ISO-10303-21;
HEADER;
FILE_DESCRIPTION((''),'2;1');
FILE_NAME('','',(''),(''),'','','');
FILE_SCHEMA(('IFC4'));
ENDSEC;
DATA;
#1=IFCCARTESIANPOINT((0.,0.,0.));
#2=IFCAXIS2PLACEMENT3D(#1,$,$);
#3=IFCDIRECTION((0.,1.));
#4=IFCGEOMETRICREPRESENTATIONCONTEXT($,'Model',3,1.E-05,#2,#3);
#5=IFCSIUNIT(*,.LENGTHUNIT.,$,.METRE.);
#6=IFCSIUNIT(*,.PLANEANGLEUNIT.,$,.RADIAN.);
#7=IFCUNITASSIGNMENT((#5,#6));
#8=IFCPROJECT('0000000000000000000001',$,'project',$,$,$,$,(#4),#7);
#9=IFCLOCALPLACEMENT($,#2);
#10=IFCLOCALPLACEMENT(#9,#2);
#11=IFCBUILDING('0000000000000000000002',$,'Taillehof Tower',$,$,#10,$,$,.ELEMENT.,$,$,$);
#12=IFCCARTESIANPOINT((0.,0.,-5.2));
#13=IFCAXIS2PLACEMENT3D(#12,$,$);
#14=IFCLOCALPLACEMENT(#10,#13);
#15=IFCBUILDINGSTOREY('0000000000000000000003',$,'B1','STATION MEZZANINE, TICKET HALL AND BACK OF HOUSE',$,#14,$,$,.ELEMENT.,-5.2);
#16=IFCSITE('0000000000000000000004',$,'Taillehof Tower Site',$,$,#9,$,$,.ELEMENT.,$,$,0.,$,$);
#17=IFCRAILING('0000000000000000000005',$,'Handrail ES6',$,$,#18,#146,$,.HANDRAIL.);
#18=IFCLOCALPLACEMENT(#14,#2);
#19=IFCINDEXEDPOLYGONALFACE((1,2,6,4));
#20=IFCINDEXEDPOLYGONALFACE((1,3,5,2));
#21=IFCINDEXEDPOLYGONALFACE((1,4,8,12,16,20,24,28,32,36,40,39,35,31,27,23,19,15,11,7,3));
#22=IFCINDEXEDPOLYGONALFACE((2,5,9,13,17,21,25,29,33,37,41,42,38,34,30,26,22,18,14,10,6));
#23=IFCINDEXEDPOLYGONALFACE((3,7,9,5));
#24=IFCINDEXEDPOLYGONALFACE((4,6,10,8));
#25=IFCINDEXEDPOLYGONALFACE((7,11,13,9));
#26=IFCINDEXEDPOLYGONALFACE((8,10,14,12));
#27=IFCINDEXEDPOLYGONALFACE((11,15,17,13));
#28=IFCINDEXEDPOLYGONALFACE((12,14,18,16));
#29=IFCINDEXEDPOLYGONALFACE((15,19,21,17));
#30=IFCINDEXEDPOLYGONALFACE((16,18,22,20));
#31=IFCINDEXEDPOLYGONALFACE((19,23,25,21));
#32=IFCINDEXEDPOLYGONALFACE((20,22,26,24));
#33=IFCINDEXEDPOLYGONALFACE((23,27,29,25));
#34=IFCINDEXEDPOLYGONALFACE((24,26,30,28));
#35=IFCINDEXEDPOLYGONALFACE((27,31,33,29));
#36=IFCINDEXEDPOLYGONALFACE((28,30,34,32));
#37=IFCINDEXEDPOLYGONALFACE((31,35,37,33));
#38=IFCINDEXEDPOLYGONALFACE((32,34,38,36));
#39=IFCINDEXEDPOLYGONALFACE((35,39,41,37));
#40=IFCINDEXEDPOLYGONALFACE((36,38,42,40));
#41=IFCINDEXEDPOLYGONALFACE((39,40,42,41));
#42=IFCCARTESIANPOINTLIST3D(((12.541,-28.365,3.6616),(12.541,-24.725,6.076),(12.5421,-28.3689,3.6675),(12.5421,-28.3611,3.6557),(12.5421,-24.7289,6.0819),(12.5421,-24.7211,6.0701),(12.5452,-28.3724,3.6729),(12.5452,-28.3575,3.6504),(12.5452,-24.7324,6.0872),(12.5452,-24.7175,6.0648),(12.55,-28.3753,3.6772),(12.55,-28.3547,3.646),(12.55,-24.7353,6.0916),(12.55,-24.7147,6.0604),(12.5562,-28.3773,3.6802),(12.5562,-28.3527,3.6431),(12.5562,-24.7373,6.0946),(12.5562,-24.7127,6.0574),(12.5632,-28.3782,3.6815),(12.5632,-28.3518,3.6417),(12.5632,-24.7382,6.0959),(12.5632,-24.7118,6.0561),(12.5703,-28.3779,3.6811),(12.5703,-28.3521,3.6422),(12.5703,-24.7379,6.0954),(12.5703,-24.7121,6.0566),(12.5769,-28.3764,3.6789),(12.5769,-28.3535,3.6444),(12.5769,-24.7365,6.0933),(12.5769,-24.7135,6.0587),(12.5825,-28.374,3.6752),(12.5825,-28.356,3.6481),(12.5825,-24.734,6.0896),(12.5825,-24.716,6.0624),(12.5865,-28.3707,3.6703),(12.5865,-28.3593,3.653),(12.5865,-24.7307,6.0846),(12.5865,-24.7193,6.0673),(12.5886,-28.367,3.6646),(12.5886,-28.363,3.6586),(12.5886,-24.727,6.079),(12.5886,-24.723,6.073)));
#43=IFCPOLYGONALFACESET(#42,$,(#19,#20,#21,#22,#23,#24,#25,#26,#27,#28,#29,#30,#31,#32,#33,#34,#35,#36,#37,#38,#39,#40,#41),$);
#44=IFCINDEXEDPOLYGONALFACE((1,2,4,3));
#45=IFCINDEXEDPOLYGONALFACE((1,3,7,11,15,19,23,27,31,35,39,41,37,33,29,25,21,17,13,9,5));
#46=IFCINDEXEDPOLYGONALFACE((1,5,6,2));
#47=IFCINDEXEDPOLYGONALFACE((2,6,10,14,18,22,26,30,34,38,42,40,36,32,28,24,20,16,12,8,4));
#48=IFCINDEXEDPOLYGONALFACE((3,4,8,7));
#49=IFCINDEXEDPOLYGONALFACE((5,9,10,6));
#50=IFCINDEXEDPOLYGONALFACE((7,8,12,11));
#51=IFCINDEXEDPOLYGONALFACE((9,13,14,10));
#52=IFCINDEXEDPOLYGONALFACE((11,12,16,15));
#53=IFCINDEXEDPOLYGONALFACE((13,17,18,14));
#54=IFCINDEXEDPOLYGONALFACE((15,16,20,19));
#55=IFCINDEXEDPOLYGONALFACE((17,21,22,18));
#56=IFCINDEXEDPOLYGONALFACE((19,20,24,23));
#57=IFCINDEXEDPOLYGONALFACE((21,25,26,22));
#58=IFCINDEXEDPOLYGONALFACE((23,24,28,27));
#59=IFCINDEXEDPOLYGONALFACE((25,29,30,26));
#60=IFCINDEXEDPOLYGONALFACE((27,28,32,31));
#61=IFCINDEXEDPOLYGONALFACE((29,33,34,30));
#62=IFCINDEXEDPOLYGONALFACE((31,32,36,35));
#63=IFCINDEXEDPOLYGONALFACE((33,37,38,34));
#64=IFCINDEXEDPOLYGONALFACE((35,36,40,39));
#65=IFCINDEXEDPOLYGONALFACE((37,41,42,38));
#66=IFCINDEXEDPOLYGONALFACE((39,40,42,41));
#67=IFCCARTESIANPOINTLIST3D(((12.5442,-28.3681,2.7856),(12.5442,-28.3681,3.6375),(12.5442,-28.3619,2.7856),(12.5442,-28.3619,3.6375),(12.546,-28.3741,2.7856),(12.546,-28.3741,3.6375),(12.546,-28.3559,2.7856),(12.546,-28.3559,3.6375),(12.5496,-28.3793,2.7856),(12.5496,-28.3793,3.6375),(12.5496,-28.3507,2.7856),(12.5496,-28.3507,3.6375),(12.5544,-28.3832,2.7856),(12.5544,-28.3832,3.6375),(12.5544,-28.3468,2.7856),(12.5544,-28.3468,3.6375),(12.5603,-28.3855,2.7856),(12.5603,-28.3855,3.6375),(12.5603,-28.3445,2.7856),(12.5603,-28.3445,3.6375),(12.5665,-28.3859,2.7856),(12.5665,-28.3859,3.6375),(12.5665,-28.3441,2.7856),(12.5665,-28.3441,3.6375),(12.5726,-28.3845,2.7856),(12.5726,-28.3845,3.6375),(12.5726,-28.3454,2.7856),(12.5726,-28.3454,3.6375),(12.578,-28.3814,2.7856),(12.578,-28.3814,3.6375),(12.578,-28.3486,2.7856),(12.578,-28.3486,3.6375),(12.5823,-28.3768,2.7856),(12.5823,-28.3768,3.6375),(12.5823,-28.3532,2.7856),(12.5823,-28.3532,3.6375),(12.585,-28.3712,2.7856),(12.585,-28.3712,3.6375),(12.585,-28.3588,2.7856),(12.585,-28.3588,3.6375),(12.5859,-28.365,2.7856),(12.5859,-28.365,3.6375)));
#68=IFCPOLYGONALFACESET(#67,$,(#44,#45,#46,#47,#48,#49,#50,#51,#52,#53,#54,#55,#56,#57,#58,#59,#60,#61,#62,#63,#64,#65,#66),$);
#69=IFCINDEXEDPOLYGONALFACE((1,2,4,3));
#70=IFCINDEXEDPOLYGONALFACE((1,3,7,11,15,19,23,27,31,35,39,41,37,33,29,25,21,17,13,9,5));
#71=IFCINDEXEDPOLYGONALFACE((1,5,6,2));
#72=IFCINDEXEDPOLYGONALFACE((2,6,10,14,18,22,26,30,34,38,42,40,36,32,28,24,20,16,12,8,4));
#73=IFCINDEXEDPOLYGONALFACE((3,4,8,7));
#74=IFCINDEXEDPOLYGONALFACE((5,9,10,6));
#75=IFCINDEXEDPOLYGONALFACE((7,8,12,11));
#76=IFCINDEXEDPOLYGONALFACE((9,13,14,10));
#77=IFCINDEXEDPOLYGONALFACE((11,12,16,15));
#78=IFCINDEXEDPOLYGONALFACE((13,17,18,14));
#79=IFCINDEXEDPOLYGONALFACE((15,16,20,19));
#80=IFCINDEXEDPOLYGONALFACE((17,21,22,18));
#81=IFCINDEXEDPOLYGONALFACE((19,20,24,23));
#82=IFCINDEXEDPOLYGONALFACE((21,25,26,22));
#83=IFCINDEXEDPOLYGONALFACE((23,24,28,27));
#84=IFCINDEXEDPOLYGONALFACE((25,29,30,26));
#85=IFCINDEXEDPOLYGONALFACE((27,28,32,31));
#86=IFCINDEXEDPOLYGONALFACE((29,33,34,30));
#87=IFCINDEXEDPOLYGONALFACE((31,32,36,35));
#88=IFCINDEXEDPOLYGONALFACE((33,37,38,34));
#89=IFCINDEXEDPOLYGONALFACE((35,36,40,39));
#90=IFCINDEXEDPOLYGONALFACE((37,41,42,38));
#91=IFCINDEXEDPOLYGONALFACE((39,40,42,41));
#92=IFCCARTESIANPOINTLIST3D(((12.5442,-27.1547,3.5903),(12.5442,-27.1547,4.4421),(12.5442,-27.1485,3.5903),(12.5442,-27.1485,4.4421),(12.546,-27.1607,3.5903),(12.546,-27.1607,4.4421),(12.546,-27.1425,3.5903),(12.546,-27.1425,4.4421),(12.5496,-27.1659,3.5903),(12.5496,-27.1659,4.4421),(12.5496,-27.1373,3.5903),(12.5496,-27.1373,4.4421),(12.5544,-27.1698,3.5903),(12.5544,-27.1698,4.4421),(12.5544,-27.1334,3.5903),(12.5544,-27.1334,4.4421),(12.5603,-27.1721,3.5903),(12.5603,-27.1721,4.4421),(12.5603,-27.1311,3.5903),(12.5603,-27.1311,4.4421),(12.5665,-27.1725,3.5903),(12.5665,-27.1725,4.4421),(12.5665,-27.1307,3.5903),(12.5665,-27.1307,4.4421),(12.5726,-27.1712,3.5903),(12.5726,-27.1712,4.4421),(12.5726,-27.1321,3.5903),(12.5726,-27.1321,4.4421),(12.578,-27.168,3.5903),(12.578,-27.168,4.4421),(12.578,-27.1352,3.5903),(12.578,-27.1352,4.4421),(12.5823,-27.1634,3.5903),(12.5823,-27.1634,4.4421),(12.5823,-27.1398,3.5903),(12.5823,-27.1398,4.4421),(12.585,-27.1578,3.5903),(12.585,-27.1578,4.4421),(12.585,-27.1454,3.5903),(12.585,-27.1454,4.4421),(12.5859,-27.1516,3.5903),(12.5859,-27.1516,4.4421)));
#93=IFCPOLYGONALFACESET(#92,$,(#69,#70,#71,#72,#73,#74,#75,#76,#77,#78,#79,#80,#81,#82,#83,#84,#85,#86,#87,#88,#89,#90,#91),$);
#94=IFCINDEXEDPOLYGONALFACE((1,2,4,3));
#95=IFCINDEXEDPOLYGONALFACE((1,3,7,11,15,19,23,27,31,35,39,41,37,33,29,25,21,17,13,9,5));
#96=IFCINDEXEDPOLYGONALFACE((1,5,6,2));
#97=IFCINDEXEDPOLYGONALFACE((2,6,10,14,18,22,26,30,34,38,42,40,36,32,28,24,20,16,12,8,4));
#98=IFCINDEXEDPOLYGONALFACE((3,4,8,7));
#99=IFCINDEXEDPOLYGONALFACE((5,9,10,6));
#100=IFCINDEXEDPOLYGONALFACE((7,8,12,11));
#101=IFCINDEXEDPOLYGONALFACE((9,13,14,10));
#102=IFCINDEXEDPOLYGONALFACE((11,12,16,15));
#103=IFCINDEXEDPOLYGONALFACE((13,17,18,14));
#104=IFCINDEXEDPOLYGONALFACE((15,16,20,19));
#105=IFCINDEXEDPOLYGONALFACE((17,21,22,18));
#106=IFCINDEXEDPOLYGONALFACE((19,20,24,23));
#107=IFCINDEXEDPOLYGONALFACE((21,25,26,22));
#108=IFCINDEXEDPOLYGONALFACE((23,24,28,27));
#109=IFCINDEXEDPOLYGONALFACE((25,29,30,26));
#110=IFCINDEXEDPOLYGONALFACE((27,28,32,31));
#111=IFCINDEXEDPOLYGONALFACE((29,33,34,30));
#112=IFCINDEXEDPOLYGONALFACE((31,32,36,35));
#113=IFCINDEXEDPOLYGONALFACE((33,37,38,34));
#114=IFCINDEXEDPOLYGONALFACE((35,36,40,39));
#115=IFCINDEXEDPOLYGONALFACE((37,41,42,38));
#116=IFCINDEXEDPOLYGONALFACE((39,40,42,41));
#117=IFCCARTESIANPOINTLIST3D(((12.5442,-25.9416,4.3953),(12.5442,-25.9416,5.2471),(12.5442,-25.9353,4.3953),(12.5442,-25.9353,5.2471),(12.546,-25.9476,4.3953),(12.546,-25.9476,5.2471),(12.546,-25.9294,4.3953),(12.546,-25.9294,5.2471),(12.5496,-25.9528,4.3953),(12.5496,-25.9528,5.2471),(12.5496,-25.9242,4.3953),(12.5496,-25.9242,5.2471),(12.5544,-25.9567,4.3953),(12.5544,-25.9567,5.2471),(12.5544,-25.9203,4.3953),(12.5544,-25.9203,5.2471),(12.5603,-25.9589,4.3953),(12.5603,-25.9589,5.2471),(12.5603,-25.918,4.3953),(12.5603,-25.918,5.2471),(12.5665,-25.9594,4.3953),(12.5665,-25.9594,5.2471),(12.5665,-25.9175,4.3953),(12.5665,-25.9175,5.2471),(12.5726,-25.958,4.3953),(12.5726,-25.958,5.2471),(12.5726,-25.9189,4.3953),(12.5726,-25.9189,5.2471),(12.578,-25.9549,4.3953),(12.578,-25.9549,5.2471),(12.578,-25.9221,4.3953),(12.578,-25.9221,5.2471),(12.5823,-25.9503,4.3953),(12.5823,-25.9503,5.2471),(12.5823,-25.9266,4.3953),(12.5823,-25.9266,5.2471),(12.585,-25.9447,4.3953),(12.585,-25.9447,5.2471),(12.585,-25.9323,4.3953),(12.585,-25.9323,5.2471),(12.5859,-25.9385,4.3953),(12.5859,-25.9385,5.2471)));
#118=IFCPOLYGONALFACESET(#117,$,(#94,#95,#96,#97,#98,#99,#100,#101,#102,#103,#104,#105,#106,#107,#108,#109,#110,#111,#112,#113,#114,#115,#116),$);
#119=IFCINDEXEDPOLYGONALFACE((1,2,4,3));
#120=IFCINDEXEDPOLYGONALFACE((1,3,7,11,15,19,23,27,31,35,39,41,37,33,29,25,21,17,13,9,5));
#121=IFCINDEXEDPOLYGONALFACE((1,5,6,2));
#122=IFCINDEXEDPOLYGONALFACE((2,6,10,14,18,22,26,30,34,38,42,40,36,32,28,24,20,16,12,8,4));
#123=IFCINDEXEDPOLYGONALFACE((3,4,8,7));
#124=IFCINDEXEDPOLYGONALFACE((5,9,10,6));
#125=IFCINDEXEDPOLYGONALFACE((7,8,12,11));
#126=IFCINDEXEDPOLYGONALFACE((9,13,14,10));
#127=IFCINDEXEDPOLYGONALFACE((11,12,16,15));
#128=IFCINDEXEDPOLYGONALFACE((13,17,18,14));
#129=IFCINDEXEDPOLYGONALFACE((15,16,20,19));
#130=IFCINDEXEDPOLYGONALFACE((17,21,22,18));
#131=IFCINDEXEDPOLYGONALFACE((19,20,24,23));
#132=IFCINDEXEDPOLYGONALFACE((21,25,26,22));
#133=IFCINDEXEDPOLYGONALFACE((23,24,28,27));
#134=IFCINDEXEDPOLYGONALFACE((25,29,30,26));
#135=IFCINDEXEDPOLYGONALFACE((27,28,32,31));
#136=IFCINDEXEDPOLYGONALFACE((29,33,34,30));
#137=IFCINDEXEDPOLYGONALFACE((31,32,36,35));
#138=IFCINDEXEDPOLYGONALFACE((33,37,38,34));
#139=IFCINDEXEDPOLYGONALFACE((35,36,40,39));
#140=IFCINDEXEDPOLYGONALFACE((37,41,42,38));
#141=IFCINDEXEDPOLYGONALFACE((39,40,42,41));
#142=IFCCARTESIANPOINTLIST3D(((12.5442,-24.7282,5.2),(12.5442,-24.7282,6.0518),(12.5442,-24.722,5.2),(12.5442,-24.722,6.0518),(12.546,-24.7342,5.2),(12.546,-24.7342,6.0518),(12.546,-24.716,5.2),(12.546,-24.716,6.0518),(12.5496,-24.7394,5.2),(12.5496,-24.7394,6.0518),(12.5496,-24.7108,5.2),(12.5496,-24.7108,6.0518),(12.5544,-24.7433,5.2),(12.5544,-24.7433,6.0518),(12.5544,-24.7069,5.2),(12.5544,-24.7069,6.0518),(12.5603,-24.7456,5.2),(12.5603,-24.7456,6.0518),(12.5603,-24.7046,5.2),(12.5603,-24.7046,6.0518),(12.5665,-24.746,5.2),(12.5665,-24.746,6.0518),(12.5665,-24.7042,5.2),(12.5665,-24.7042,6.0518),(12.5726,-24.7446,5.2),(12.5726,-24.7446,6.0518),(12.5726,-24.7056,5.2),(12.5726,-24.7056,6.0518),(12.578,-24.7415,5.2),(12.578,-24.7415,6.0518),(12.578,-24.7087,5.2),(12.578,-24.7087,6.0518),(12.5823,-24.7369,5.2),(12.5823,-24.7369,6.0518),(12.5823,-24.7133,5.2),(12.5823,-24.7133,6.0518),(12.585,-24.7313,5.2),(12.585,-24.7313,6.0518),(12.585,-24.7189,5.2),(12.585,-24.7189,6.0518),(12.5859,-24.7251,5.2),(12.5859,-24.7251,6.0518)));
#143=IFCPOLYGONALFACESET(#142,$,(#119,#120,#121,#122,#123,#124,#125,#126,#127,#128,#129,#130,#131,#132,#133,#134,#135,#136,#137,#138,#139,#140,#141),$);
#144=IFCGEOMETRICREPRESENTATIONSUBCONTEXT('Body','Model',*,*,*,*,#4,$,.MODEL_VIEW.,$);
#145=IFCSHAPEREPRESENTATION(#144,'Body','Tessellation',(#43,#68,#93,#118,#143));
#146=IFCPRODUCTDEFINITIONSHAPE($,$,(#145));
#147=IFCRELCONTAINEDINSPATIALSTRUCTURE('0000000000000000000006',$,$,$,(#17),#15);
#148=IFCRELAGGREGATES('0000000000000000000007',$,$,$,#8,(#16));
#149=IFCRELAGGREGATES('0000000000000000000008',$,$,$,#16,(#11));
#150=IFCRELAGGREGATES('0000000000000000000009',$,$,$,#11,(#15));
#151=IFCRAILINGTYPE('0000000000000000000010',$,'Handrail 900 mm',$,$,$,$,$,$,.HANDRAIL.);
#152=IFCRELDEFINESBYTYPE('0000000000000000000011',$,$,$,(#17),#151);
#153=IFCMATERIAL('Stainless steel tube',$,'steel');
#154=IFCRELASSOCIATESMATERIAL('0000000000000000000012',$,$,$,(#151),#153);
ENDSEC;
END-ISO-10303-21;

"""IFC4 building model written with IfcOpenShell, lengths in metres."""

from ifc_helpers import new_model, si_unit, direction, frame, origin, origin_2d, place, context, subcontext, project, spatial, circle, extrude, material, type_object, element, save


model = new_model("IFC4")

# Units and contexts
model_context = context("Model", 3, precision=1e-05, world=origin(), true_north=direction((0.0, 1.0)))
body_context = subcontext(model_context, "Body", "Model", "MODEL_VIEW")
ifc_project = project(units=[si_unit("LENGTHUNIT", "METRE"), si_unit("PLANEANGLEUNIT", "RADIAN")], contexts=[model_context])

# Site, building, storey
site_placement = place(None, origin())
site = spatial("IfcSite", under=ifc_project, at=site_placement, Name="Taillehof Tower Site", CompositionType="ELEMENT", RefElevation=0.0)
building_placement = place(site_placement, origin())
building = spatial("IfcBuilding", under=site, at=building_placement, Name="Taillehof Tower", CompositionType="ELEMENT")
storey_placement = place(building_placement, frame((0.0, 0.0, -5.2)))
storey = spatial("IfcBuildingStorey", under=building, at=storey_placement, Name="B1", Description="STATION MEZZANINE, TICKET HALL AND BACK OF HOUSE", CompositionType="ELEMENT", Elevation=-5.2)

# Railing
ifc_material_1 = material(Name="Stainless steel tube", Category="steel")
railing_type_1 = type_object("IfcRailingType", Name="Handrail 900 mm", PredefinedType="HANDRAIL", material=ifc_material_1)
for number, where, name in (
    (1, (12.5649, -28.365, 2.7856), "Handrail ES6"),
):
    element("IfcRailing", number, at=place(storey_placement, frame(where)), inside=storey, type_object=railing_type_1, Name=name, PredefinedType="HANDRAIL", context=body_context, shape_type="SweptSolid", body=[
        extrude(circle(Radius=0.0239, at=origin_2d()), frame((0.0, 0.0, 0.876), z_axis=(0.0, 0.833347, 0.552751), x_axis=(-1.0, 0.0, 0.0)), (0.0, 0.0, 1.0), 4.3679),
        extrude(circle(Radius=0.021, at=origin_2d()), origin(), (0.0, 0.0, 1.0), 0.8518),
        extrude(circle(Radius=0.021, at=origin_2d()), frame((0.0, 1.2134, 0.8047)), (0.0, 0.0, 1.0), 0.8518),
        extrude(circle(Radius=0.021, at=origin_2d()), frame((0.0, 2.4265, 1.6096)), (0.0, 0.0, 1.0), 0.8518),
        extrude(circle(Radius=0.021, at=origin_2d()), frame((0.0, 3.6399, 2.4143)), (0.0, 0.0, 1.0), 0.8518),
    ])

save(model, "model.ifc")
